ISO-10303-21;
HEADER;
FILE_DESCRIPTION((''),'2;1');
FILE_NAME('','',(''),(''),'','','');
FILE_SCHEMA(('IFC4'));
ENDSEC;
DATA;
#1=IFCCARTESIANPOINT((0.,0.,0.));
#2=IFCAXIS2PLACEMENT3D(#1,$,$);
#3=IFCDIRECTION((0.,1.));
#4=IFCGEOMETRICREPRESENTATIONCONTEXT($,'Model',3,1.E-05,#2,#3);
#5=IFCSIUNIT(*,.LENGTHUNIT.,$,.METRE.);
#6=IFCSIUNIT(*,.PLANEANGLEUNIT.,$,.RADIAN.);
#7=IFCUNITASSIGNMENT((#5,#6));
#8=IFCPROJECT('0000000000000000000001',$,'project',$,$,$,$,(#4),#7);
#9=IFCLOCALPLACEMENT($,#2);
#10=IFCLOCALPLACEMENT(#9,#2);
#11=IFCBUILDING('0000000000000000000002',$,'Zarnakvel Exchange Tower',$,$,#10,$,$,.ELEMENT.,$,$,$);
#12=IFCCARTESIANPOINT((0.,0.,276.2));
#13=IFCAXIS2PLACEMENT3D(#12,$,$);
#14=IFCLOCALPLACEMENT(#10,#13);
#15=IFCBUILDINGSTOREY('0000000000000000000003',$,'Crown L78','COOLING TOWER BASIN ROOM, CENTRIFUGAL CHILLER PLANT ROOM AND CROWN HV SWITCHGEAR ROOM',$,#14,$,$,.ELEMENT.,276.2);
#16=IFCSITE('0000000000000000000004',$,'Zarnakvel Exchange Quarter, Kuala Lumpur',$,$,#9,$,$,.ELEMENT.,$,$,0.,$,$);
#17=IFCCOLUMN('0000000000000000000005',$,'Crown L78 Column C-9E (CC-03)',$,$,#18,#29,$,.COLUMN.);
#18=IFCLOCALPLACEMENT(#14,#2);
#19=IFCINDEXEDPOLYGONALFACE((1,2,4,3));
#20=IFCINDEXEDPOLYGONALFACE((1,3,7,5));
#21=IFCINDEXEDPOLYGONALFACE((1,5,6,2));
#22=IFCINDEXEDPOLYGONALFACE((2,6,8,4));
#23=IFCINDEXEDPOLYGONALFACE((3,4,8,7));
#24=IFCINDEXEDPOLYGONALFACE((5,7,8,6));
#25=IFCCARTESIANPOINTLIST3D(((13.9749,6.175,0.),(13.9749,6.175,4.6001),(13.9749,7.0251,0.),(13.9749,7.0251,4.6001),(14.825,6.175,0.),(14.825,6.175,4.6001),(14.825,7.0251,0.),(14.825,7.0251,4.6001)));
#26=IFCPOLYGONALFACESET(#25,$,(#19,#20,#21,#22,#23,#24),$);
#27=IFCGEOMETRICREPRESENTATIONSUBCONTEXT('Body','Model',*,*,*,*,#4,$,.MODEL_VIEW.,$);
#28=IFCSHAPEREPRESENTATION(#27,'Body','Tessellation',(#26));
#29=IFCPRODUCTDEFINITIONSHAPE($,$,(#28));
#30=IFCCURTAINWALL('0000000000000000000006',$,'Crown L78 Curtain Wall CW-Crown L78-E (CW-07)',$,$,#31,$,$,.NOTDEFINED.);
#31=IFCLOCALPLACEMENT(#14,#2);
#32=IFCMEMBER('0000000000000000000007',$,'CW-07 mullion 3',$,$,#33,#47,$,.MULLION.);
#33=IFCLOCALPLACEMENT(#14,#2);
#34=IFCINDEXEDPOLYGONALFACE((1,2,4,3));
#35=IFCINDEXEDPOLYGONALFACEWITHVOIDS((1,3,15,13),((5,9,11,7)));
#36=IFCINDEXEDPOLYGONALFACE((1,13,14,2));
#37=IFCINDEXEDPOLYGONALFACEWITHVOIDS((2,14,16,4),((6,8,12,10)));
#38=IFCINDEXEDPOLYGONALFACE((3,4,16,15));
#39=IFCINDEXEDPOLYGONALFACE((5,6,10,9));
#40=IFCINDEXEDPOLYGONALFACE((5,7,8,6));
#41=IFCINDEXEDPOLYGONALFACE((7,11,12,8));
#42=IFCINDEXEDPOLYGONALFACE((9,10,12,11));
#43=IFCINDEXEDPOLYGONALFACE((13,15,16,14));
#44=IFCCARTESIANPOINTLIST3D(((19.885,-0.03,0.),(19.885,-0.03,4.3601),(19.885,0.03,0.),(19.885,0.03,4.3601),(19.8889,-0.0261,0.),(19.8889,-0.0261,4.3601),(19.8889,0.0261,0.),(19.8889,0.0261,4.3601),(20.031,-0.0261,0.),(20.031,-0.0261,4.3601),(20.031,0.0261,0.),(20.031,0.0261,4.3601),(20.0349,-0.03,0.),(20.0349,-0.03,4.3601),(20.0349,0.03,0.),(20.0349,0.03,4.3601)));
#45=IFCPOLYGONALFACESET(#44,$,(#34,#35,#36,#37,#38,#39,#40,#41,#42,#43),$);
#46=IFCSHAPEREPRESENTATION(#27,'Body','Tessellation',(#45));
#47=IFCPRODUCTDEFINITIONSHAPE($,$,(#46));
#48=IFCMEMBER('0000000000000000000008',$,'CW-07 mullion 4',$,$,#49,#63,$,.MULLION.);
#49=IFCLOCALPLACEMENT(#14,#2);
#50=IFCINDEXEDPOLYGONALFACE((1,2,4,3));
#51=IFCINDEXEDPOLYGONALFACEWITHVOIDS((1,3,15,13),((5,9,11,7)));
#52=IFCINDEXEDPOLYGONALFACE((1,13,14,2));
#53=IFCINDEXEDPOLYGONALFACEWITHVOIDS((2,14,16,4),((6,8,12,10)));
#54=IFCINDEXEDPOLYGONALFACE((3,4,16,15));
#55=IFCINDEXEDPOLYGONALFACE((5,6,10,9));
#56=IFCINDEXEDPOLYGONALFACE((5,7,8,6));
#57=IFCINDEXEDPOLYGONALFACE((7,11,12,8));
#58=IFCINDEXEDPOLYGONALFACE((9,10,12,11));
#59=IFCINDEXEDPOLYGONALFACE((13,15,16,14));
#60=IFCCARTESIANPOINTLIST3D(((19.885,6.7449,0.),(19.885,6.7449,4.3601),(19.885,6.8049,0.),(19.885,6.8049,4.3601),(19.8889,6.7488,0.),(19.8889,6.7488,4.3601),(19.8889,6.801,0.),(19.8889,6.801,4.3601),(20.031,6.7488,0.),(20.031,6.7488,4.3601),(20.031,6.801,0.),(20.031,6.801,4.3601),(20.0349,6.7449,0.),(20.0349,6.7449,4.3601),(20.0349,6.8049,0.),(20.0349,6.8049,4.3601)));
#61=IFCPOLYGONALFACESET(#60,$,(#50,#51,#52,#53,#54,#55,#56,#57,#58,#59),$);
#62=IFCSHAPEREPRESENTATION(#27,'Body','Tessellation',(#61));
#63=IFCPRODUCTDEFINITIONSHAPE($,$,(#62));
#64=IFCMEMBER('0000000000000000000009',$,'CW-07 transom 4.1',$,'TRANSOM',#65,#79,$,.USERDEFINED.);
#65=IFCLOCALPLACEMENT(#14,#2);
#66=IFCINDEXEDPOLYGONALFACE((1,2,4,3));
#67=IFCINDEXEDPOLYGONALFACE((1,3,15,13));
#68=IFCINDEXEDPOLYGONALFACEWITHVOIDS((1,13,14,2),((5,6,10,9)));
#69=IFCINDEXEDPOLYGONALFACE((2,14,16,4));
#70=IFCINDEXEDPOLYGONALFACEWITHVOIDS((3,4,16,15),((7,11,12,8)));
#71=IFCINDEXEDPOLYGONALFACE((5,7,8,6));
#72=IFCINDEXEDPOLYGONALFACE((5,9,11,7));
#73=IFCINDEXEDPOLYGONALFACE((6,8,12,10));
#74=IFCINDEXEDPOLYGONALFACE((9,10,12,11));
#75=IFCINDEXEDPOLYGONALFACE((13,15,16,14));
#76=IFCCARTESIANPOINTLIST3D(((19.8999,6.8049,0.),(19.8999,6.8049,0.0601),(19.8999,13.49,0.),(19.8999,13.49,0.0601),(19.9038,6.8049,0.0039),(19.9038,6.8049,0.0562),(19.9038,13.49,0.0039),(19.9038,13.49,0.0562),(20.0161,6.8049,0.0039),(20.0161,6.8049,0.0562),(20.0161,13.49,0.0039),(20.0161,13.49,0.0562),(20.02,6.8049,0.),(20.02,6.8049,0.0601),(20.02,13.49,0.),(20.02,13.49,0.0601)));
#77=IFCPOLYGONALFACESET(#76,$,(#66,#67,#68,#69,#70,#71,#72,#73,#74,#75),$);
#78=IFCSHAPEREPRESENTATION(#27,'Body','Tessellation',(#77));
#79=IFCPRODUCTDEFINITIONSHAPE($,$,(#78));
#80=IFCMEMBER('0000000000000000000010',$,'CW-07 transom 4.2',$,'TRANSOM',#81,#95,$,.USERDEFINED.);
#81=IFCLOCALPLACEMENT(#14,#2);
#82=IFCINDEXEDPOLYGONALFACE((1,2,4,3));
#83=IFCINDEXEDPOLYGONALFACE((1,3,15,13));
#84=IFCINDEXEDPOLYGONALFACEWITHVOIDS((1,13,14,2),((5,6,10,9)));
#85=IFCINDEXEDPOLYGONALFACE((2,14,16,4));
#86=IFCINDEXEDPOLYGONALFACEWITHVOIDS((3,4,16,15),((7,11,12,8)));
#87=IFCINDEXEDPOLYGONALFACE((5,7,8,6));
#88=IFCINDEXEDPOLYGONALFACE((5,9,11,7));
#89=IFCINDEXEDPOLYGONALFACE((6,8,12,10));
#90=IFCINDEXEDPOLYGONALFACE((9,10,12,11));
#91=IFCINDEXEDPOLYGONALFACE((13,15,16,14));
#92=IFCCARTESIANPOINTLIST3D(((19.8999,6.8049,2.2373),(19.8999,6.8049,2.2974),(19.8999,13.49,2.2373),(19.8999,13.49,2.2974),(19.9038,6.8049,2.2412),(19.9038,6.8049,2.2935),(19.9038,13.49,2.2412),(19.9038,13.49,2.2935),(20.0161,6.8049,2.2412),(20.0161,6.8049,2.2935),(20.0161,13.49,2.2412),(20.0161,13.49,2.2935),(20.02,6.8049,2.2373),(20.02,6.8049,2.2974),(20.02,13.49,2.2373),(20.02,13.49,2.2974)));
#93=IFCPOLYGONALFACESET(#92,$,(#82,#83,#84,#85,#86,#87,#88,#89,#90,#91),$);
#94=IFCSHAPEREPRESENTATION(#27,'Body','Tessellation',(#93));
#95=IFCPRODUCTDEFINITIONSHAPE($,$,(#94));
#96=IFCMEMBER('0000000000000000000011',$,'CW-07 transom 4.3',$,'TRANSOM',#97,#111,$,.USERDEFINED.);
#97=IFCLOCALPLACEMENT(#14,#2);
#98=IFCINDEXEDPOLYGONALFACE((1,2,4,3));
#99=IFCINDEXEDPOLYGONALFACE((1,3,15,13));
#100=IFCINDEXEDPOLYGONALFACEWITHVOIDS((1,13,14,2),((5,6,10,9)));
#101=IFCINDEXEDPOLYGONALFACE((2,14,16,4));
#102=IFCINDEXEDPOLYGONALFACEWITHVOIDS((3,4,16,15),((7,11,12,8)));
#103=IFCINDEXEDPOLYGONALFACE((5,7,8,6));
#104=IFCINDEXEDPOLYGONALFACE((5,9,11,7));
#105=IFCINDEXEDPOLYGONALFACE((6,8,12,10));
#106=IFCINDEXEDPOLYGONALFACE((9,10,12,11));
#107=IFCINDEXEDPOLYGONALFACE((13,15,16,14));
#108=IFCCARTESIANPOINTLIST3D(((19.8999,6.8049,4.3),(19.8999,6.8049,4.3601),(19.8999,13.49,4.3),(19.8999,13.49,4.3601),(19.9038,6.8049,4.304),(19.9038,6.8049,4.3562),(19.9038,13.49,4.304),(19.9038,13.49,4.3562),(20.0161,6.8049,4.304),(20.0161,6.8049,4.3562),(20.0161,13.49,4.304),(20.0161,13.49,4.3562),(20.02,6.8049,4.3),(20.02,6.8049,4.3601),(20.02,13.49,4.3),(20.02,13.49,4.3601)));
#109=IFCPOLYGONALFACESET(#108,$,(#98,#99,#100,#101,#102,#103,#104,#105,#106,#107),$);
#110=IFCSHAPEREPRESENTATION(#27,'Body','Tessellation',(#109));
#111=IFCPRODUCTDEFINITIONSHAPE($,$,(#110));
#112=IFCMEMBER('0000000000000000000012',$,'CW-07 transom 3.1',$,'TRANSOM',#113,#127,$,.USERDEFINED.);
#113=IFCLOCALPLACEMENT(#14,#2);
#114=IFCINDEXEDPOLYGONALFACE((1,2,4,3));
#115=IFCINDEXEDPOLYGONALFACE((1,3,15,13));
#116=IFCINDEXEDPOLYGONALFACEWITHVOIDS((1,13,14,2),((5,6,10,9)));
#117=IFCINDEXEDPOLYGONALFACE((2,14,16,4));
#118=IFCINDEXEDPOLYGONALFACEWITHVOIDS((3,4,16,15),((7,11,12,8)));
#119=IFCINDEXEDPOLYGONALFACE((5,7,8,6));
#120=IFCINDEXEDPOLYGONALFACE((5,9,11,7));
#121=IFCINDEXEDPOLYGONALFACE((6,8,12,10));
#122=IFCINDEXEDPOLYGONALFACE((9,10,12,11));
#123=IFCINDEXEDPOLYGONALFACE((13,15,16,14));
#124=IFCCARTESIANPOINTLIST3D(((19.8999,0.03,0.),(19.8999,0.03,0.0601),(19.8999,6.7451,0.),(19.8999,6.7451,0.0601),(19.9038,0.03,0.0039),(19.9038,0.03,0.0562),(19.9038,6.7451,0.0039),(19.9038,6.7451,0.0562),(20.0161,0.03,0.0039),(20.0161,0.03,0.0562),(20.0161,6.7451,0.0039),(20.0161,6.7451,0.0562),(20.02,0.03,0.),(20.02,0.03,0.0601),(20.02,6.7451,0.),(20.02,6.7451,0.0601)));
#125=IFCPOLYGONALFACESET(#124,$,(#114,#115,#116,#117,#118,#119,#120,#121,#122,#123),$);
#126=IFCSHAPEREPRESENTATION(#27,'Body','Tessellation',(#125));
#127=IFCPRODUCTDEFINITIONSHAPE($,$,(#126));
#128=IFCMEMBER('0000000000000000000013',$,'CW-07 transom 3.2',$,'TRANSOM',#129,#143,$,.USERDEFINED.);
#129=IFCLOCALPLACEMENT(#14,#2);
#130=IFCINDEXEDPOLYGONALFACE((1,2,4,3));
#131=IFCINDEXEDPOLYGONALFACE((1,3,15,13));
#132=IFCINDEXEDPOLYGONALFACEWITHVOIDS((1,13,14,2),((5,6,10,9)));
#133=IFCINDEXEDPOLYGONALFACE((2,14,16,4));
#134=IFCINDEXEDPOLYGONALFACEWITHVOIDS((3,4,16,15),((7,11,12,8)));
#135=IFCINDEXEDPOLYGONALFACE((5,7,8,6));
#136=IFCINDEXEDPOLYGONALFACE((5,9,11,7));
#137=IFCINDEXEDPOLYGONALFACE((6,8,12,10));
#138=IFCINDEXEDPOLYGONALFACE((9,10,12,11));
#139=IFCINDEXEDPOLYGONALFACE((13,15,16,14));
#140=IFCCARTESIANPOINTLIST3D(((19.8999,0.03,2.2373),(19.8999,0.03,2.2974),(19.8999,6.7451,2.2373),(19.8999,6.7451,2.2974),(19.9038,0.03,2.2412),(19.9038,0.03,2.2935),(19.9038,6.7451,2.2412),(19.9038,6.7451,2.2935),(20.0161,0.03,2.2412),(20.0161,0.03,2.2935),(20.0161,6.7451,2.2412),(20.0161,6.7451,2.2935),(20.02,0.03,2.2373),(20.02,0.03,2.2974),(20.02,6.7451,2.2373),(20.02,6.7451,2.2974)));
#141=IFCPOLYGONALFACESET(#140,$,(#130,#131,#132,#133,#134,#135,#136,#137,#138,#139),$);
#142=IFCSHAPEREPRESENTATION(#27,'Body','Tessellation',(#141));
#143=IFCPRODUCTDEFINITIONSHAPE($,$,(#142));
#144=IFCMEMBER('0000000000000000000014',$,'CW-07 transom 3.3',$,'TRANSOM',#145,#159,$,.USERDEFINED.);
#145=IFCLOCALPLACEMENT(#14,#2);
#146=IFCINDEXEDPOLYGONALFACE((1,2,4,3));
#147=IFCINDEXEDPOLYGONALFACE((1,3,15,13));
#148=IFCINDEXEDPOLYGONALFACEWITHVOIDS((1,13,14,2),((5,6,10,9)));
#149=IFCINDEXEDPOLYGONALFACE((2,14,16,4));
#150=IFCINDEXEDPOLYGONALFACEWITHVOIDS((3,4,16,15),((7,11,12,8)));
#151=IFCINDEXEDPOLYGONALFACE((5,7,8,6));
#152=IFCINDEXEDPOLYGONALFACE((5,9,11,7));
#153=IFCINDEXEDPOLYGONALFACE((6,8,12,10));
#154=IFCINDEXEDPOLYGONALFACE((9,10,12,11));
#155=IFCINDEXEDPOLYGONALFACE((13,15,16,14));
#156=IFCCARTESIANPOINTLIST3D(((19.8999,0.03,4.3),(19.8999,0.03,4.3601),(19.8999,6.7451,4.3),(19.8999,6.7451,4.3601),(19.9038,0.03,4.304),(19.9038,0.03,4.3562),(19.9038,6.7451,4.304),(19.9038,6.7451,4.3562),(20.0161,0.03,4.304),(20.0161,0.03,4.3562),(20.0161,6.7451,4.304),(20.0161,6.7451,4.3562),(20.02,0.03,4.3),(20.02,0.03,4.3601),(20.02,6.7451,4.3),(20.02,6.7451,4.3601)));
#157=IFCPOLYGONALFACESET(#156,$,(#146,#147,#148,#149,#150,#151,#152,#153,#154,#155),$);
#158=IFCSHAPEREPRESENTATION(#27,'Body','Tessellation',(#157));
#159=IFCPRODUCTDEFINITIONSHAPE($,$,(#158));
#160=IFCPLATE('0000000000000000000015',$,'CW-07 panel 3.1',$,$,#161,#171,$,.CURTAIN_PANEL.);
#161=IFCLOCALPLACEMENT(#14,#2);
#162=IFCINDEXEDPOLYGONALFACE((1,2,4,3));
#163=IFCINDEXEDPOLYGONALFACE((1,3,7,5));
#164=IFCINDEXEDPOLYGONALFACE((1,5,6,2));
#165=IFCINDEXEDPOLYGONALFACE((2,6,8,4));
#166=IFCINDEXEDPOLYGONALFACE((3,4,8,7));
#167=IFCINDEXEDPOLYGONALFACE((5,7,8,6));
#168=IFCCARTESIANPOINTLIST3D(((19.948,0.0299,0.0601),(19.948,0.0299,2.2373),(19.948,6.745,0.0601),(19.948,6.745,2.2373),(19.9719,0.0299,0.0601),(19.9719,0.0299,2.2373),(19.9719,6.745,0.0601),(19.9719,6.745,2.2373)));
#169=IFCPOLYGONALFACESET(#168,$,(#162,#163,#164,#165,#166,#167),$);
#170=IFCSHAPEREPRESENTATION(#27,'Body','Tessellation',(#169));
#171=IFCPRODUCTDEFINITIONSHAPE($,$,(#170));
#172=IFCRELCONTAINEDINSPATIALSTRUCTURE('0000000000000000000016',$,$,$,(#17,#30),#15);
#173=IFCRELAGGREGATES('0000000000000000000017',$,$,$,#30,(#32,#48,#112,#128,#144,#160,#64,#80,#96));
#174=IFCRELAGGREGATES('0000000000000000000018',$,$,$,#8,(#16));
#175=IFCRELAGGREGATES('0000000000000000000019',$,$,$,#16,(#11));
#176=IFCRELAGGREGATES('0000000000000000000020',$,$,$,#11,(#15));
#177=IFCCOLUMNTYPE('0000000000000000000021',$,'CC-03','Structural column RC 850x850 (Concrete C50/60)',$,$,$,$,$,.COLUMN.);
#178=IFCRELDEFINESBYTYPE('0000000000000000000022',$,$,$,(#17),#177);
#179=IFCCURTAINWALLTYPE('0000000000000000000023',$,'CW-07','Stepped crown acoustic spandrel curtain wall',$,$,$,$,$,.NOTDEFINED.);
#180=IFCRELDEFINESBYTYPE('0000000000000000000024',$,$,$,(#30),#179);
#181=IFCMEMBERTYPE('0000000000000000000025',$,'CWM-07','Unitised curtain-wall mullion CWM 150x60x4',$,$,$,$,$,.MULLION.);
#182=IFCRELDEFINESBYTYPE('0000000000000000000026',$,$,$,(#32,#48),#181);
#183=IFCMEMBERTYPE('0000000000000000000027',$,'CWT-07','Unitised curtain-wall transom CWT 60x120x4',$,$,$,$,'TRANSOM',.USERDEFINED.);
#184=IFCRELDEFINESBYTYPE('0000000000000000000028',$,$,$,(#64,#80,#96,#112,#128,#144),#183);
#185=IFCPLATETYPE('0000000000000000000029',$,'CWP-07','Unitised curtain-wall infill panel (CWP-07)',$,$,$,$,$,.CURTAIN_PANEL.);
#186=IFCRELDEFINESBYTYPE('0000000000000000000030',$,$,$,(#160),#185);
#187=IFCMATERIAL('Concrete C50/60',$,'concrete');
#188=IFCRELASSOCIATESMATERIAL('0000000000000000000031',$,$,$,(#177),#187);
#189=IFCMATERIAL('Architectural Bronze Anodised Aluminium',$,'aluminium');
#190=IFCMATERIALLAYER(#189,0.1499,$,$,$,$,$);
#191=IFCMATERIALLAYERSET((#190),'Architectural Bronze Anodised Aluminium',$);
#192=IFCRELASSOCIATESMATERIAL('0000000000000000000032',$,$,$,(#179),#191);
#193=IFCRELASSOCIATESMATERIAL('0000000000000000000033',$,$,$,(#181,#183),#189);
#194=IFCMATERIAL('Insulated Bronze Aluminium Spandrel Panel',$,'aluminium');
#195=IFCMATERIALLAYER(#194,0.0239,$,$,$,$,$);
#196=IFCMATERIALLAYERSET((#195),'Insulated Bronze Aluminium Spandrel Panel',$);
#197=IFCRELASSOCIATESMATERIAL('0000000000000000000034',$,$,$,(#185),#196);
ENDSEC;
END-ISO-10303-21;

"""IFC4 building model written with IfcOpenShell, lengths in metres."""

from ifc_helpers import new_model, si_unit, direction, frame, origin, origin_2d, place, context, subcontext, project, spatial, rectangle, hollow_rectangle, extrude, source, transform, mapped, material, layer, layer_set, material_profile, profile_set, type_object, element, aggregate, save


model = new_model("IFC4")

# Units and contexts
model_context = context("Model", 3, precision=1e-05, world=origin(), true_north=direction((0.0, 1.0)))
body_context = subcontext(model_context, "Body", "Model", "MODEL_VIEW")
ifc_project = project(units=[si_unit("LENGTHUNIT", "METRE"), si_unit("PLANEANGLEUNIT", "RADIAN")], contexts=[model_context])

# Site, building, storey
site_placement = place(None, origin())
site = spatial("IfcSite", under=ifc_project, at=site_placement, Name="Zarnakvel Exchange Quarter, Kuala Lumpur", CompositionType="ELEMENT", RefElevation=0.0)
building_placement = place(site_placement, origin())
building = spatial("IfcBuilding", under=site, at=building_placement, Name="Zarnakvel Exchange Tower", CompositionType="ELEMENT")
storey_placement = place(building_placement, frame((0.0, 0.0, 276.2)))
storey = spatial("IfcBuildingStorey", under=building, at=storey_placement, Name="Crown L78", Description="COOLING TOWER BASIN ROOM, CENTRIFUGAL CHILLER PLANT ROOM AND CROWN HV SWITCHGEAR ROOM", CompositionType="ELEMENT", Elevation=276.2)

# Column
ifc_material_1 = material(Name="Concrete C50/60", Category="concrete")
ifc_material_profile_1 = material_profile(ifc_material_1, rectangle(XDim=0.8501, YDim=0.8501, at=origin_2d()))
ifc_profile_set_1 = profile_set([ifc_material_profile_1], Name="Concrete C50/60")
column_type = type_object("IfcColumnType", Name="CC-03", Description="Structural column RC 850x850 (Concrete C50/60)", PredefinedType="COLUMN", material=ifc_profile_set_1)
column_placement = place(storey_placement, frame((14.3999, 6.6001, 0.0), z_axis=(0.0, 0.0, 1.0), x_axis=(1.0, 0.0, 0.0)))
element("IfcColumn", 1, at=column_placement, inside=storey, type_object=column_type, Name="Crown L78 Column C-9E (CC-03)", PredefinedType="COLUMN", context=body_context, shape_type="SweptSolid", body=[
    extrude(rectangle(XDim=0.8501, YDim=0.8501, at=origin_2d()), origin(), (0.0, 0.0, 1.0), 4.6001),
])

# Curtain wall, members, plate
ifc_material_2 = material(Name="Architectural Bronze Anodised Aluminium", Category="aluminium")
ifc_layer_1 = layer(ifc_material_2, 0.1499)
ifc_layer_set_1 = layer_set([ifc_layer_1], Name="Architectural Bronze Anodised Aluminium")
curtain_wall_type = type_object("IfcCurtainWallType", Name="CW-07", Description="Stepped crown acoustic spandrel curtain wall", PredefinedType="NOTDEFINED", material=ifc_layer_set_1)
curtain_wall_placement = place(storey_placement, origin())
curtain_wall = element("IfcCurtainWall", 2, at=curtain_wall_placement, inside=storey, type_object=curtain_wall_type, Name="Crown L78 Curtain Wall CW-Crown L78-E (CW-07)", PredefinedType="NOTDEFINED")
ifc_material_profile_2 = material_profile(ifc_material_2, hollow_rectangle(XDim=0.1499, YDim=0.0601, WallThickness=0.0039, at=origin_2d()))
ifc_profile_set_2 = profile_set([ifc_material_profile_2], Name="Architectural Bronze Anodised Aluminium")
member_type_1 = type_object("IfcMemberType", Name="CWM-07", Description="Unitised curtain-wall mullion CWM 150x60x4", PredefinedType="MULLION", material=ifc_profile_set_2)
shared_shape_1 = source(origin(), body_context, "Body", "SweptSolid", [
    extrude(hollow_rectangle(XDim=0.1499, YDim=0.0601, WallThickness=0.0039, at=origin_2d()), origin(), (0.0, 0.0, 1.0), 4.3601),
])
member_1_placement = place(storey_placement, frame((19.96, 0.0, 0.0), z_axis=(0.0, 0.0, 1.0), x_axis=(-1.0, 0.0, 0.0)))
member_1 = element("IfcMember", 3, at=member_1_placement, type_object=member_type_1, Name="CW-07 mullion 3", PredefinedType="MULLION", context=body_context, shape_type="MappedRepresentation", body=[
    mapped(shared_shape_1, transform((0.0, 0.0, 0.0), x_axis=(1.0, 0.0, 0.0), y_axis=(0.0, 1.0, 0.0), z_axis=(0.0, 0.0, 1.0), scale=1.0)),
])
member_2_placement = place(storey_placement, frame((19.96, 6.7749, 0.0), z_axis=(0.0, 0.0, 1.0), x_axis=(-1.0, 0.0, 0.0)))
member_2 = element("IfcMember", 4, at=member_2_placement, type_object=member_type_1, Name="CW-07 mullion 4", PredefinedType="MULLION", context=body_context, shape_type="MappedRepresentation", body=[
    mapped(shared_shape_1, transform((0.0, 0.0, 0.0), x_axis=(1.0, 0.0, 0.0), y_axis=(0.0, 1.0, 0.0), z_axis=(0.0, 0.0, 1.0), scale=1.0)),
])
ifc_material_profile_3 = material_profile(ifc_material_2, hollow_rectangle(XDim=0.1201, YDim=0.0601, WallThickness=0.0039, at=origin_2d()))
ifc_profile_set_3 = profile_set([ifc_material_profile_3], Name="Architectural Bronze Anodised Aluminium")
member_type_2 = type_object("IfcMemberType", Name="CWT-07", Description="Unitised curtain-wall transom CWT 60x120x4", ElementType="TRANSOM", PredefinedType="USERDEFINED", material=ifc_profile_set_3)
shared_shape_2 = source(origin(), body_context, "Body", "SweptSolid", [
    extrude(hollow_rectangle(XDim=0.1201, YDim=0.0601, WallThickness=0.0039, at=origin_2d()), origin(), (0.0, 0.0, 1.0), 6.6851),
])
member_3_placement = place(storey_placement, frame((19.96, 6.8049, 0.03), z_axis=(0.0, 1.0, 0.0), x_axis=(-1.0, 0.0, 0.0)))
member_3 = element("IfcMember", 5, at=member_3_placement, type_object=member_type_2, Name="CW-07 transom 4.1", ObjectType="TRANSOM", PredefinedType="USERDEFINED", context=body_context, shape_type="MappedRepresentation", body=[
    mapped(shared_shape_2, transform((0.0, 0.0, 0.0), x_axis=(1.0, 0.0, 0.0), y_axis=(0.0, 1.0, 0.0), z_axis=(0.0, 0.0, 1.0), scale=1.0)),
])
member_4_placement = place(storey_placement, frame((19.96, 6.8049, 2.2673), z_axis=(0.0, 1.0, 0.0), x_axis=(-1.0, 0.0, 0.0)))
member_4 = element("IfcMember", 6, at=member_4_placement, type_object=member_type_2, Name="CW-07 transom 4.2", ObjectType="TRANSOM", PredefinedType="USERDEFINED", context=body_context, shape_type="MappedRepresentation", body=[
    mapped(shared_shape_2, transform((0.0, 0.0, 0.0), x_axis=(1.0, 0.0, 0.0), y_axis=(0.0, 1.0, 0.0), z_axis=(0.0, 0.0, 1.0), scale=1.0)),
])
member_5_placement = place(storey_placement, frame((19.96, 6.8049, 4.3301), z_axis=(0.0, 1.0, 0.0), x_axis=(-1.0, 0.0, 0.0)))
member_5 = element("IfcMember", 7, at=member_5_placement, type_object=member_type_2, Name="CW-07 transom 4.3", ObjectType="TRANSOM", PredefinedType="USERDEFINED", context=body_context, shape_type="MappedRepresentation", body=[
    mapped(shared_shape_2, transform((0.0, 0.0, 0.0), x_axis=(1.0, 0.0, 0.0), y_axis=(0.0, 1.0, 0.0), z_axis=(0.0, 0.0, 1.0), scale=1.0)),
])
shared_shape_3 = source(origin(), body_context, "Body", "SweptSolid", [
    extrude(hollow_rectangle(XDim=0.1201, YDim=0.0601, WallThickness=0.0039, at=origin_2d()), origin(), (0.0, 0.0, 1.0), 6.7151),
])
member_6_placement = place(storey_placement, frame((19.96, 0.03, 0.03), z_axis=(0.0, 1.0, 0.0), x_axis=(-1.0, 0.0, 0.0)))
member_6 = element("IfcMember", 8, at=member_6_placement, type_object=member_type_2, Name="CW-07 transom 3.1", ObjectType="TRANSOM", PredefinedType="USERDEFINED", context=body_context, shape_type="MappedRepresentation", body=[
    mapped(shared_shape_3, transform((0.0, 0.0, 0.0), x_axis=(1.0, 0.0, 0.0), y_axis=(0.0, 1.0, 0.0), z_axis=(0.0, 0.0, 1.0), scale=1.0)),
])
member_7_placement = place(storey_placement, frame((19.96, 0.03, 2.2673), z_axis=(0.0, 1.0, 0.0), x_axis=(-1.0, 0.0, 0.0)))
member_7 = element("IfcMember", 9, at=member_7_placement, type_object=member_type_2, Name="CW-07 transom 3.2", ObjectType="TRANSOM", PredefinedType="USERDEFINED", context=body_context, shape_type="MappedRepresentation", body=[
    mapped(shared_shape_3, transform((0.0, 0.0, 0.0), x_axis=(1.0, 0.0, 0.0), y_axis=(0.0, 1.0, 0.0), z_axis=(0.0, 0.0, 1.0), scale=1.0)),
])
member_8_placement = place(storey_placement, frame((19.96, 0.03, 4.3301), z_axis=(0.0, 1.0, 0.0), x_axis=(-1.0, 0.0, 0.0)))
member_8 = element("IfcMember", 10, at=member_8_placement, type_object=member_type_2, Name="CW-07 transom 3.3", ObjectType="TRANSOM", PredefinedType="USERDEFINED", context=body_context, shape_type="MappedRepresentation", body=[
    mapped(shared_shape_3, transform((0.0, 0.0, 0.0), x_axis=(1.0, 0.0, 0.0), y_axis=(0.0, 1.0, 0.0), z_axis=(0.0, 0.0, 1.0), scale=1.0)),
])
ifc_material_3 = material(Name="Insulated Bronze Aluminium Spandrel Panel", Category="aluminium")
ifc_layer_2 = layer(ifc_material_3, 0.0239)
ifc_layer_set_2 = layer_set([ifc_layer_2], Name="Insulated Bronze Aluminium Spandrel Panel")
plate_type = type_object("IfcPlateType", Name="CWP-07", Description="Unitised curtain-wall infill panel (CWP-07)", PredefinedType="CURTAIN_PANEL", material=ifc_layer_set_2)
shared_shape_4 = source(origin(), body_context, "Body", "SweptSolid", [
    extrude(rectangle(XDim=6.7151, YDim=0.0239, at=origin_2d()), origin(), (0.0, 0.0, 1.0), 2.1772),
])
plate_1_placement = place(storey_placement, frame((19.96, 3.3875, 0.0601), z_axis=(0.0, 0.0, 1.0), x_axis=(0.0, 1.0, 0.0)))
plate_1 = element("IfcPlate", 11, at=plate_1_placement, type_object=plate_type, Name="CW-07 panel 3.1", PredefinedType="CURTAIN_PANEL", context=body_context, shape_type="MappedRepresentation", body=[
    mapped(shared_shape_4, transform((0.0, 0.0, 0.0), x_axis=(1.0, 0.0, 0.0), y_axis=(0.0, 1.0, 0.0), z_axis=(0.0, 0.0, 1.0), scale=1.0)),
])
aggregate(curtain_wall, [member_1, member_2, member_6, member_7, member_8, plate_1, member_3, member_4, member_5])

save(model, "model.ifc")
